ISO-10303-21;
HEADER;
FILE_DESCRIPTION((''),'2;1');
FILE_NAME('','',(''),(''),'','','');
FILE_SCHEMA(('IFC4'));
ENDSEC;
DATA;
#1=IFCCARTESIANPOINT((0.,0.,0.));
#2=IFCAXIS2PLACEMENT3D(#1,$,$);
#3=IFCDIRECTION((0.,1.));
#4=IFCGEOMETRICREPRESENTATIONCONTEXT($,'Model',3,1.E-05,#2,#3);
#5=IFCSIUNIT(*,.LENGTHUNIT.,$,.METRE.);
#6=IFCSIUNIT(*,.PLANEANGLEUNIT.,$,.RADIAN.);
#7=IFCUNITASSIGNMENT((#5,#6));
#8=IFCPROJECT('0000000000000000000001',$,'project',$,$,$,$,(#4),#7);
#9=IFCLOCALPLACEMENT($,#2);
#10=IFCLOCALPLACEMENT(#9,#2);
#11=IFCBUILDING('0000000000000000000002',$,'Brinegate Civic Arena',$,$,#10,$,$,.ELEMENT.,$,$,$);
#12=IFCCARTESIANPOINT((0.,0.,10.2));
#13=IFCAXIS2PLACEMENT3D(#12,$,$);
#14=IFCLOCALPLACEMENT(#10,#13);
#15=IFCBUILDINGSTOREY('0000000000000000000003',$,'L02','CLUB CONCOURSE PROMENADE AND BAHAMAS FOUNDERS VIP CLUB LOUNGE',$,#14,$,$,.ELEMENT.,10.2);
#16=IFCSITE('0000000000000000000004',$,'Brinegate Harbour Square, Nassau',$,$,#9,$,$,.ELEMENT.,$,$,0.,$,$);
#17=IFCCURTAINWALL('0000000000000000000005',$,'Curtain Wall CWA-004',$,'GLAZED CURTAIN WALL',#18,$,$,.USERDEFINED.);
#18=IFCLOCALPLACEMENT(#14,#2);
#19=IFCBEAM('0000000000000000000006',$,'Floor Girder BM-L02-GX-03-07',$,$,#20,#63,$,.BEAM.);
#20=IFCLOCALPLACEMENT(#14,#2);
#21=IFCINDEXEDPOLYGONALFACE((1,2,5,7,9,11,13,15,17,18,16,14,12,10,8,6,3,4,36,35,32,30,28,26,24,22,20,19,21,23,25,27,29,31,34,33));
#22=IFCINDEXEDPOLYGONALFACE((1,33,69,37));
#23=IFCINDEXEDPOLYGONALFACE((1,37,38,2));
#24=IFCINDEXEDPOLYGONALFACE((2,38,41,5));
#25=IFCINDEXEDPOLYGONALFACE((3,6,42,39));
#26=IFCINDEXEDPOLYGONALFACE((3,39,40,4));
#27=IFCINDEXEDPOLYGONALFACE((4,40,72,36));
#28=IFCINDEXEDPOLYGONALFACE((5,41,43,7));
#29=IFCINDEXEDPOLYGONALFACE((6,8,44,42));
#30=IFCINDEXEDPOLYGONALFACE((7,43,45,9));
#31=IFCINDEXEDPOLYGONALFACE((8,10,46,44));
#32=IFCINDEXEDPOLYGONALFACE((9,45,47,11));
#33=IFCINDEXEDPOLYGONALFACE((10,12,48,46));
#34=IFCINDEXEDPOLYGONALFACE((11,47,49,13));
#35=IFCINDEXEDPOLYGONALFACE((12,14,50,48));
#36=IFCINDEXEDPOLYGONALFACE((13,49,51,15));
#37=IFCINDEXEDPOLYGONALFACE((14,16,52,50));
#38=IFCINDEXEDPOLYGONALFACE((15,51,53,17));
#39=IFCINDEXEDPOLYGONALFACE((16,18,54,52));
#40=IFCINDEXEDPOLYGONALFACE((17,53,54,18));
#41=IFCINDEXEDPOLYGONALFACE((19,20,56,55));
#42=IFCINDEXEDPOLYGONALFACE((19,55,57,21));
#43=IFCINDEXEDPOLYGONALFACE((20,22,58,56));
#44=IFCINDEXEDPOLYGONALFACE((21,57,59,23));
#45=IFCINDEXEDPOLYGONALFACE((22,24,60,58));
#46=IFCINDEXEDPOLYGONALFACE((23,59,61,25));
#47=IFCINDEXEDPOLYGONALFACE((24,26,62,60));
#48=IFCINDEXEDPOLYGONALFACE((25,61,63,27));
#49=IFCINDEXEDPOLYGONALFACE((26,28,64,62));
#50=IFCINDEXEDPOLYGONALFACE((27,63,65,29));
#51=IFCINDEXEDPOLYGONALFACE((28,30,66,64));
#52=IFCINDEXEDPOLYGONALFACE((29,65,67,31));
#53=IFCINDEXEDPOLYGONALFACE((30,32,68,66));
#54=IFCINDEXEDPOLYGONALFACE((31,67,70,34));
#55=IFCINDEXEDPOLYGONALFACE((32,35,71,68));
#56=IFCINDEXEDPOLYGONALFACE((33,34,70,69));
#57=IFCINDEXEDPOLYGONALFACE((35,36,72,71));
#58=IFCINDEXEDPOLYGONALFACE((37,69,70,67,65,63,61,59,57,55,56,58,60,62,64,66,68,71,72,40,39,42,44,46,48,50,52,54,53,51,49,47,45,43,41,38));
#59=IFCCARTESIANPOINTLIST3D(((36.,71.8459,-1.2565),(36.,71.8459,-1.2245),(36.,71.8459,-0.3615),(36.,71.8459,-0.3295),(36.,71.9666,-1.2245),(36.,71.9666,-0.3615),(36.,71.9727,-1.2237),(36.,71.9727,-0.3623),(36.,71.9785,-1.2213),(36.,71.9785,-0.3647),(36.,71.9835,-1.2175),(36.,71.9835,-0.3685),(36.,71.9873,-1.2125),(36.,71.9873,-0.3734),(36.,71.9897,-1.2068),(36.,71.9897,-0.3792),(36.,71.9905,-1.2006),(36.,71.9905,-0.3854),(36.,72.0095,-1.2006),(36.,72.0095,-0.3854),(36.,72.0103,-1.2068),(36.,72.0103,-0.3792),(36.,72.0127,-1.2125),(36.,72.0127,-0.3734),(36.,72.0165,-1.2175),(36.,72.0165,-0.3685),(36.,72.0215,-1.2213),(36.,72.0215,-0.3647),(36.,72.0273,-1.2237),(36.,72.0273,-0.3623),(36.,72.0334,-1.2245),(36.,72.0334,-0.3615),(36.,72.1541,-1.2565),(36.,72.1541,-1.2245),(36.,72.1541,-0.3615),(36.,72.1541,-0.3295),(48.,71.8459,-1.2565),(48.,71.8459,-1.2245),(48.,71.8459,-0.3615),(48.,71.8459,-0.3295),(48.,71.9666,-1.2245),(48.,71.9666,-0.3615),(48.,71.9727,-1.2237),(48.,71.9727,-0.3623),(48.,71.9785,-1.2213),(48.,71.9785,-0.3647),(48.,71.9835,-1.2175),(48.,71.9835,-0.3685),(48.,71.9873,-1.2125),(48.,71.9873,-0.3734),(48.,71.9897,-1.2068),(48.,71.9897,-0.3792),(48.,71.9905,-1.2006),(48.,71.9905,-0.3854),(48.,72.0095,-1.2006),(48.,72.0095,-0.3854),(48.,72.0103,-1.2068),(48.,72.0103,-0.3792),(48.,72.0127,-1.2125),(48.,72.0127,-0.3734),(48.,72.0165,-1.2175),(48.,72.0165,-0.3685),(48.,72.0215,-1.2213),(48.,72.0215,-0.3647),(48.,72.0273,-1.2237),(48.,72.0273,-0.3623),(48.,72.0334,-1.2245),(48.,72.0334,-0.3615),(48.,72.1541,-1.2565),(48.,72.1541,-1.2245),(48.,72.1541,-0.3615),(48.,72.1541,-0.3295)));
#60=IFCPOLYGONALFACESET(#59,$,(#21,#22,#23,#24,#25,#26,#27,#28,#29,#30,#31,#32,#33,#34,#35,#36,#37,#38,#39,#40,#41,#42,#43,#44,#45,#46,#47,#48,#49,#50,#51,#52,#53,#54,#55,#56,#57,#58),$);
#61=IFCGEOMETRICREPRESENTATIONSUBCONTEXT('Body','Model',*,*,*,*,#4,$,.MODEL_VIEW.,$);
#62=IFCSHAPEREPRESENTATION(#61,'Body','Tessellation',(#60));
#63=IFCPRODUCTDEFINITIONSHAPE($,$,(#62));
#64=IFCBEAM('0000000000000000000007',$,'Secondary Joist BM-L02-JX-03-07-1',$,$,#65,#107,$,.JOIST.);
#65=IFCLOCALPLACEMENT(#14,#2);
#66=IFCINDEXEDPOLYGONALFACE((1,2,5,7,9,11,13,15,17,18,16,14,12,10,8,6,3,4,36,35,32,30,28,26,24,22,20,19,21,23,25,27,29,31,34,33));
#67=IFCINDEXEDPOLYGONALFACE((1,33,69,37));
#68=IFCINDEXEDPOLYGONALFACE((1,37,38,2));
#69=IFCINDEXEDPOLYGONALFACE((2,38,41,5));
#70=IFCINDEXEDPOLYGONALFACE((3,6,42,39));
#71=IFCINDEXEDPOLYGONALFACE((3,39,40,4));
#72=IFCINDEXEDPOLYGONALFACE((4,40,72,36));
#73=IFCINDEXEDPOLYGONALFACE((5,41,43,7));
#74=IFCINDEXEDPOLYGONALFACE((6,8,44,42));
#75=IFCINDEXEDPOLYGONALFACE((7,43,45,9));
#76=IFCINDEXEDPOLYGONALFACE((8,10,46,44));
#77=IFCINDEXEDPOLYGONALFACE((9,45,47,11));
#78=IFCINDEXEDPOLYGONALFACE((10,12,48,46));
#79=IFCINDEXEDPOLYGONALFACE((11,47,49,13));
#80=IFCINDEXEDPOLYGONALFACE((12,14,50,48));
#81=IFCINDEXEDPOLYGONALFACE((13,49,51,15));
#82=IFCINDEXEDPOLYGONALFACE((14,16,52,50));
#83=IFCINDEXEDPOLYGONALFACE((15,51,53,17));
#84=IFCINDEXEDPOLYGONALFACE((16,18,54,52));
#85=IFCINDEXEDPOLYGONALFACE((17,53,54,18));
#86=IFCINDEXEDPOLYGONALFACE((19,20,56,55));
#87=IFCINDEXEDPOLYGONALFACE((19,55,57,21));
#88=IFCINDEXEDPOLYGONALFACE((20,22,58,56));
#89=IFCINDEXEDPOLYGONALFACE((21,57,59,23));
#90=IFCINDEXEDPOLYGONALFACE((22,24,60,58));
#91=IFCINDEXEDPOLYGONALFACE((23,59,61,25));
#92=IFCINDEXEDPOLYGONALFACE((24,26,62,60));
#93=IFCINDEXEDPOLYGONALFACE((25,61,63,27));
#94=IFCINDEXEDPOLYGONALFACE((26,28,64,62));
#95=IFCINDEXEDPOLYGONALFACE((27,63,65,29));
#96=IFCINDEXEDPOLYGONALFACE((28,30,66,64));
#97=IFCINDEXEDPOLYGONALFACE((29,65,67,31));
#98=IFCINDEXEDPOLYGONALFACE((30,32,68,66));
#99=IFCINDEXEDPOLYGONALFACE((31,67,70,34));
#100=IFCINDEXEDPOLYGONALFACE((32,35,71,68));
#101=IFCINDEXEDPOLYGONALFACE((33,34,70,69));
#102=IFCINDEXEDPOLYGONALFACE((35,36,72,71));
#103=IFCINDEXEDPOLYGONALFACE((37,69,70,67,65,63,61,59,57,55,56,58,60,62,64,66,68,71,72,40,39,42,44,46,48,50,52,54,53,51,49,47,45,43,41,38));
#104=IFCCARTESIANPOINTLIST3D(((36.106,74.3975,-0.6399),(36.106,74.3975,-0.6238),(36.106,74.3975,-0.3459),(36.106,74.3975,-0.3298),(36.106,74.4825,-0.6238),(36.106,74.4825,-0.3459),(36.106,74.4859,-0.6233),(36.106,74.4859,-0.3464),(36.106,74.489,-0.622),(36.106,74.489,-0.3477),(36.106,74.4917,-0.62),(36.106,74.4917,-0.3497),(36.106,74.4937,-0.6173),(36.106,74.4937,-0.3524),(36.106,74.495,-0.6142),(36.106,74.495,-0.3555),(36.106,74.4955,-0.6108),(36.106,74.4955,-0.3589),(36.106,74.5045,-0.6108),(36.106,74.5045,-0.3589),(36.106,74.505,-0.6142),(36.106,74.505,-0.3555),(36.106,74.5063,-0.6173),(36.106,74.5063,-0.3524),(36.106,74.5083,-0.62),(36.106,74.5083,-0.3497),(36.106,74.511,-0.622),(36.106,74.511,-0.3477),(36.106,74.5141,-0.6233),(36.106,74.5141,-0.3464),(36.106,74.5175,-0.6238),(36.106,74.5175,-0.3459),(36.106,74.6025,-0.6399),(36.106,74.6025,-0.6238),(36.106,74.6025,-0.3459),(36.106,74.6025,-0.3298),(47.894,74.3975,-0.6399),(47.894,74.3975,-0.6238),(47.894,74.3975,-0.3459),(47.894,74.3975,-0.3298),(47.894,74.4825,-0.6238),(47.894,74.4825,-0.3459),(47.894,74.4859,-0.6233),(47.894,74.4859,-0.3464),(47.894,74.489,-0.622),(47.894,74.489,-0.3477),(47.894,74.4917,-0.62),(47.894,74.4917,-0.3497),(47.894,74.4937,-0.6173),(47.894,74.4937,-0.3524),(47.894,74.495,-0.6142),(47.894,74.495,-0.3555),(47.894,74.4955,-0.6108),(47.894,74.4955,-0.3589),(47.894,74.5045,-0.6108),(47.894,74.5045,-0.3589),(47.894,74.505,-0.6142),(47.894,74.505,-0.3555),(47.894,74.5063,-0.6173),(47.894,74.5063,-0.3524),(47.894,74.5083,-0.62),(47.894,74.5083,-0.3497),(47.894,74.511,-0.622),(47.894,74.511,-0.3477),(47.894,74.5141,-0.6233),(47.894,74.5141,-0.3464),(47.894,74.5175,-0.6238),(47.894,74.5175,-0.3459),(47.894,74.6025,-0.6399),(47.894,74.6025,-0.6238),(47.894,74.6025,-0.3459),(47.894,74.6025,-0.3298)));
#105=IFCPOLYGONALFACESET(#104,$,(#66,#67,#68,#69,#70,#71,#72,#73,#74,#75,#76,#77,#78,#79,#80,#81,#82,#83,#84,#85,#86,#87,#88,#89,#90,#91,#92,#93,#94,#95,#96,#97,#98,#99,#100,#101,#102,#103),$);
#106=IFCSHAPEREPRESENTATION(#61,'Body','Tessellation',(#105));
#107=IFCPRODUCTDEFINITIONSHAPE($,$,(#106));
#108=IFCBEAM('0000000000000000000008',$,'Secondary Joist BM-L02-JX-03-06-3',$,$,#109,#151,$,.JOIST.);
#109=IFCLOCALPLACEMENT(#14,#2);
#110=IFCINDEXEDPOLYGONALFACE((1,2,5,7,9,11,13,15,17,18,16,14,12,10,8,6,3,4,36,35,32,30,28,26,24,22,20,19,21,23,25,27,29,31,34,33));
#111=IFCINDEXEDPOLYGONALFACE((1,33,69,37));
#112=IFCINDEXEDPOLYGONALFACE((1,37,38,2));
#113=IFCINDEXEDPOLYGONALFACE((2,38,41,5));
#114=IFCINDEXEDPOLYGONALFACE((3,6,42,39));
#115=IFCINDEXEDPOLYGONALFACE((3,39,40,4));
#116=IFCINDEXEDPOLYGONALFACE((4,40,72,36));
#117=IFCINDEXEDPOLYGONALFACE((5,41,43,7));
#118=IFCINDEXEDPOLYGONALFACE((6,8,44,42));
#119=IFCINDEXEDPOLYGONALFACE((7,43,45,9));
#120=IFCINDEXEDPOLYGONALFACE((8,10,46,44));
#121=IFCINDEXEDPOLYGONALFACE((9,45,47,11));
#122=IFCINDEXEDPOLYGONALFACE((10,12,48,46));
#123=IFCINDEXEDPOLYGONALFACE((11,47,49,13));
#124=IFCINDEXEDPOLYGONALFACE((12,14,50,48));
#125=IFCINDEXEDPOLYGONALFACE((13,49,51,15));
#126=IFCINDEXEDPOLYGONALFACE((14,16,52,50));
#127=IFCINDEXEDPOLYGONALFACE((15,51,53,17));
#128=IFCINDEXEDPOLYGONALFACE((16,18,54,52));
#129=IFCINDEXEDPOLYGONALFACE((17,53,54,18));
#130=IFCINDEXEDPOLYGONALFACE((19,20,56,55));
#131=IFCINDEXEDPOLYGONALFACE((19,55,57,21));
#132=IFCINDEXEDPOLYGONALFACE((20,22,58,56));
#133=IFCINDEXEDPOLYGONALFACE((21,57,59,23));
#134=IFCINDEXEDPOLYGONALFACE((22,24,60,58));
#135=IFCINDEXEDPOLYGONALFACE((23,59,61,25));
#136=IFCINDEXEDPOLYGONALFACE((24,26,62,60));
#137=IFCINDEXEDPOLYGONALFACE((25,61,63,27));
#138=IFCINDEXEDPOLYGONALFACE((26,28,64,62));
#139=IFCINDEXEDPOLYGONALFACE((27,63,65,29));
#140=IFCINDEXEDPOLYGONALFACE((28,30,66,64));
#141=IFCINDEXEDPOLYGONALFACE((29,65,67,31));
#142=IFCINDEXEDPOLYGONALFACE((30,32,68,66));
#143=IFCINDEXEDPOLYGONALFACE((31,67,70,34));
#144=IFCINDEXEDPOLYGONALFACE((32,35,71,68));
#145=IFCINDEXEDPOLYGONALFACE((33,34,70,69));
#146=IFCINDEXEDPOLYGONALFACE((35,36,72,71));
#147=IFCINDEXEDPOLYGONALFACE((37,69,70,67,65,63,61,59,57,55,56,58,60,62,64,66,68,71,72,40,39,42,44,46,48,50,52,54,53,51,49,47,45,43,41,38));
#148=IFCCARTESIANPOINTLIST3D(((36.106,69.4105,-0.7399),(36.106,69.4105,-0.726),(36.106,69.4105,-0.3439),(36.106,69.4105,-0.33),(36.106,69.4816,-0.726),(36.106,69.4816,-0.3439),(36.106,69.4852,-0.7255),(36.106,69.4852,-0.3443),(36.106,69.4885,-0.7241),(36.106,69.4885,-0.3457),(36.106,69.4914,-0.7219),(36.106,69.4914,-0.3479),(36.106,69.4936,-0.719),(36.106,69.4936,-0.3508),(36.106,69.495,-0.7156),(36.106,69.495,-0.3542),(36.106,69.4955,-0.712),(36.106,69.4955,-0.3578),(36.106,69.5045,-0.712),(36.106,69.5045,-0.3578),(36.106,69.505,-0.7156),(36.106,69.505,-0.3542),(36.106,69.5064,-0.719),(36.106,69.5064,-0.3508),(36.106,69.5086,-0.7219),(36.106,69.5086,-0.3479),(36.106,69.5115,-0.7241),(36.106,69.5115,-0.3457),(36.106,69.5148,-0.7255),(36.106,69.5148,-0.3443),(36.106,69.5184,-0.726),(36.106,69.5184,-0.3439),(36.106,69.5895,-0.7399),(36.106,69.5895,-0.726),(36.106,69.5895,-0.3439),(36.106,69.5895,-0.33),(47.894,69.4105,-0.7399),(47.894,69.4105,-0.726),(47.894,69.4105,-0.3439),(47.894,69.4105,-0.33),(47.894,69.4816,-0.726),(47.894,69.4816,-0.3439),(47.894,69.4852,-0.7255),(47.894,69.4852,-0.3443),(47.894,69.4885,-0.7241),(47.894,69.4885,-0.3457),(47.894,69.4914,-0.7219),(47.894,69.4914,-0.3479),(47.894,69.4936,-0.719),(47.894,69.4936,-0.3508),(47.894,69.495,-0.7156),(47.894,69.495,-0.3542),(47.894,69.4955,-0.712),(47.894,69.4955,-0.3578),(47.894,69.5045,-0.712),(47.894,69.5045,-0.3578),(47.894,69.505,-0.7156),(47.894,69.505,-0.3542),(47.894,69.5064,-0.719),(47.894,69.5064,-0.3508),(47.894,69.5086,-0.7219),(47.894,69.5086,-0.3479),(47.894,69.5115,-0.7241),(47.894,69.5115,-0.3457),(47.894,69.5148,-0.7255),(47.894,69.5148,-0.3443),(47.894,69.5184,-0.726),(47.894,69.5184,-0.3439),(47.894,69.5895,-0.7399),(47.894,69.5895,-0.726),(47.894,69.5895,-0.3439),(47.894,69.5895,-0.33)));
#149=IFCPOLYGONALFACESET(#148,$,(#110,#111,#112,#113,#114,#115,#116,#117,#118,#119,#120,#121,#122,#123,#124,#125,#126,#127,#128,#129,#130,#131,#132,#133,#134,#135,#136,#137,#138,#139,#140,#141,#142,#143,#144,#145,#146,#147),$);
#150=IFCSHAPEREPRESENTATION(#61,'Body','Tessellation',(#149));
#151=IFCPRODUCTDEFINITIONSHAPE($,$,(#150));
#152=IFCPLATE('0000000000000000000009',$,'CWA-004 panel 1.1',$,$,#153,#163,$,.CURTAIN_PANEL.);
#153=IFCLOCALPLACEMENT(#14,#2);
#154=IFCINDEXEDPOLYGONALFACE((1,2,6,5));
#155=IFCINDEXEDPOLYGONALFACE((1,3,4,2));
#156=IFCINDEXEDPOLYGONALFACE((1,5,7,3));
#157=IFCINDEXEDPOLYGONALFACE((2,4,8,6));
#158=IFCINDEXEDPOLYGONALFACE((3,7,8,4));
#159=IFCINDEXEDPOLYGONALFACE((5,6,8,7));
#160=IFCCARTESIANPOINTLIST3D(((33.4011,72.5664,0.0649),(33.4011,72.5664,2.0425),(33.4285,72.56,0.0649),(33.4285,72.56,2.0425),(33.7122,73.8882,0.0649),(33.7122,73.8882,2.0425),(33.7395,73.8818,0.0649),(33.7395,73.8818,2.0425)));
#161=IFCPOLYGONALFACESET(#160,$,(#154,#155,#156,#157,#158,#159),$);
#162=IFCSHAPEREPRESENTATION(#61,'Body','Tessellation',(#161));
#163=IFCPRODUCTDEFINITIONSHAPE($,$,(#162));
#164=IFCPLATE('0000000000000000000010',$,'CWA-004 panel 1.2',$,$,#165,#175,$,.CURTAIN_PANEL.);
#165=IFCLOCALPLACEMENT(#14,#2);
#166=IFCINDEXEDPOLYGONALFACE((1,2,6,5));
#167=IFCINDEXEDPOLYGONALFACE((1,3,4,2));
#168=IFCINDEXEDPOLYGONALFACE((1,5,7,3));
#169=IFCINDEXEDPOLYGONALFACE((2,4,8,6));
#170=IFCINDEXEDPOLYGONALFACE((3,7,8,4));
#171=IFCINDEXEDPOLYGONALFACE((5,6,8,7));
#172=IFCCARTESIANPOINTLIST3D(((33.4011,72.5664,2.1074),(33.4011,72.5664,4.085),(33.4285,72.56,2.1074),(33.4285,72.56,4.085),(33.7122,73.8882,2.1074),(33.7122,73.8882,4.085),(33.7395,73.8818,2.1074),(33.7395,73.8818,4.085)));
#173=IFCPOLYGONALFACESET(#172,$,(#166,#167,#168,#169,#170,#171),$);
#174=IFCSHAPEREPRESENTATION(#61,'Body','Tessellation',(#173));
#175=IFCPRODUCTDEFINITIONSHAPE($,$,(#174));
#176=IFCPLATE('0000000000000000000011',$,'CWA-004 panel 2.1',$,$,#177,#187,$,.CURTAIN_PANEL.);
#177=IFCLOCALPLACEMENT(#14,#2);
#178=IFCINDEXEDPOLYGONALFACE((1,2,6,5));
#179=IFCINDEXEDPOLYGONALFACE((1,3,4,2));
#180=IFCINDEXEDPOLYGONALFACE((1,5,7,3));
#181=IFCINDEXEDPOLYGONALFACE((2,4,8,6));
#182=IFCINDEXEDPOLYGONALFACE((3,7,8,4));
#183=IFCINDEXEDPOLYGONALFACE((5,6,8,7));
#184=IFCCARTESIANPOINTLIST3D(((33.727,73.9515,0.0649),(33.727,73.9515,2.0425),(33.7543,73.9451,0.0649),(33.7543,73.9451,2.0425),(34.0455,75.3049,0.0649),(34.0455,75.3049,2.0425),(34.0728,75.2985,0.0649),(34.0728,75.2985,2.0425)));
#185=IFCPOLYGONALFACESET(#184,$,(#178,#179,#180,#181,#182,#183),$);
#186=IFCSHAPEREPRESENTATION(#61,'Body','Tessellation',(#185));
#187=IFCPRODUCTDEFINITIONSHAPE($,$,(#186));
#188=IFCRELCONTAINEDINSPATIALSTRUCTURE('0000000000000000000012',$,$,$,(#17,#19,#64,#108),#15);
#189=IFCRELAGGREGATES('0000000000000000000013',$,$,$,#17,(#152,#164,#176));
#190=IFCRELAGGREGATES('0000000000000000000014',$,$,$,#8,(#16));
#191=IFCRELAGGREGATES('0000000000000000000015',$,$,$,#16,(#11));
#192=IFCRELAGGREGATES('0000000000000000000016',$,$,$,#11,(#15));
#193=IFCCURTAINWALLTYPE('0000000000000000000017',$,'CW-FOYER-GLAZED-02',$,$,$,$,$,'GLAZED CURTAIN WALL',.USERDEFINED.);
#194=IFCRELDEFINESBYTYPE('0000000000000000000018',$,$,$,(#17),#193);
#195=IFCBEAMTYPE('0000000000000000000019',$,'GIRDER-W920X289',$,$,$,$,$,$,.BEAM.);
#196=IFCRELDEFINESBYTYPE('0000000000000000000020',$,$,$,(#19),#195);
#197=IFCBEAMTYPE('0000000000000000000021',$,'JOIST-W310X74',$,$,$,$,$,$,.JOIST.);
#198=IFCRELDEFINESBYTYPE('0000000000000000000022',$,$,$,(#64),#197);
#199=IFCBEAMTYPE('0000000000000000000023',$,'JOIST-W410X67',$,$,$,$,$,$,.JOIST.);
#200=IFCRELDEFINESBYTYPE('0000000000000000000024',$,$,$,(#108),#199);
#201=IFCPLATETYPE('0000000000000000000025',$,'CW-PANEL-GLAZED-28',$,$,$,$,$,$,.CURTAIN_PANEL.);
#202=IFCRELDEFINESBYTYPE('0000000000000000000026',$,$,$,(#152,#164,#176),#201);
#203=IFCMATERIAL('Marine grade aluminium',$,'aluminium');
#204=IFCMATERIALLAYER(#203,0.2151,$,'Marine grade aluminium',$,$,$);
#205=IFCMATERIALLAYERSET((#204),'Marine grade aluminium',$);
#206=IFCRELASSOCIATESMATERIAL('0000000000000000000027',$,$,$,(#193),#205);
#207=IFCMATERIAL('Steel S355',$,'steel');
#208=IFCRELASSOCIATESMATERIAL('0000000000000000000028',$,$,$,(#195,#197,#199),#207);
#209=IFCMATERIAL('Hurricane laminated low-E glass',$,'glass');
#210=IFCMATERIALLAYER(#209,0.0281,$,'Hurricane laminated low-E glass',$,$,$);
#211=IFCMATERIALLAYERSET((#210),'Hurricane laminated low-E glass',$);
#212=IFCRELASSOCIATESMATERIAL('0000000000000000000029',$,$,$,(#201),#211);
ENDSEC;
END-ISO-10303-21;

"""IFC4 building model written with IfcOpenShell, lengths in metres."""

from ifc_helpers import new_model, si_unit, direction, frame, origin, origin_2d, place, context, subcontext, project, spatial, rectangle, i_section, extrude, material, layer, layer_set, material_profile, profile_set, type_object, element, aggregate, save


model = new_model("IFC4")

# Units and contexts
model_context = context("Model", 3, precision=1e-05, world=origin(), true_north=direction((0.0, 1.0)))
body_context = subcontext(model_context, "Body", "Model", "MODEL_VIEW")
ifc_project = project(units=[si_unit("LENGTHUNIT", "METRE"), si_unit("PLANEANGLEUNIT", "RADIAN")], contexts=[model_context])

# Site, building, storey
site_placement = place(None, origin())
site = spatial("IfcSite", under=ifc_project, at=site_placement, Name="Brinegate Harbour Square, Nassau", CompositionType="ELEMENT", RefElevation=0.0)
building_placement = place(site_placement, origin())
building = spatial("IfcBuilding", under=site, at=building_placement, Name="Brinegate Civic Arena", CompositionType="ELEMENT")
storey_placement = place(building_placement, frame((0.0, 0.0, 10.2)))
storey = spatial("IfcBuildingStorey", under=building, at=storey_placement, Name="L02", Description="CLUB CONCOURSE PROMENADE AND BAHAMAS FOUNDERS VIP CLUB LOUNGE", CompositionType="ELEMENT", Elevation=10.2)

# Curtain wall
ifc_material_1 = material(Name="Marine grade aluminium", Category="aluminium")
ifc_layer_1 = layer(ifc_material_1, 0.2151, Name="Marine grade aluminium")
ifc_layer_set_1 = layer_set([ifc_layer_1], Name="Marine grade aluminium")
curtain_wall_type_1 = type_object("IfcCurtainWallType", Name="CW-FOYER-GLAZED-02", ElementType="GLAZED CURTAIN WALL", PredefinedType="USERDEFINED", material=ifc_layer_set_1)
curtain_wall_1_placement = place(storey_placement, origin())
curtain_wall_1 = element("IfcCurtainWall", 1, at=curtain_wall_1_placement, inside=storey, type_object=curtain_wall_type_1, Name="Curtain Wall CWA-004", ObjectType="GLAZED CURTAIN WALL", PredefinedType="USERDEFINED")

# Beams
ifc_material_2 = material(Name="Steel S355", Category="steel")
ifc_material_profile_1 = material_profile(ifc_material_2, i_section(OverallWidth=0.3081, OverallDepth=0.927, WebThickness=0.019, FlangeThickness=0.032, FilletRadius=0.0239, at=origin_2d()), Name="W920X289")
ifc_profile_set_1 = profile_set([ifc_material_profile_1], Name="Steel S355")
beam_type_1 = type_object("IfcBeamType", Name="GIRDER-W920X289", PredefinedType="BEAM", material=ifc_profile_set_1)
beam_1_placement = place(storey_placement, frame((36.0, 72.0, -0.793), z_axis=(1.0, 0.0, 0.0), x_axis=(0.0, 1.0, 0.0)))
element("IfcBeam", 2, at=beam_1_placement, inside=storey, type_object=beam_type_1, Name="Floor Girder BM-L02-GX-03-07", PredefinedType="BEAM", context=body_context, shape_type="SweptSolid", body=[
    extrude(i_section(OverallWidth=0.3081, OverallDepth=0.927, WebThickness=0.019, FlangeThickness=0.032, FilletRadius=0.0239, at=origin_2d()), origin(), (0.0, 0.0, 1.0), 12.0),
])
ifc_material_profile_2 = material_profile(ifc_material_2, i_section(OverallWidth=0.2051, OverallDepth=0.3101, WebThickness=0.009, FlangeThickness=0.0161, FilletRadius=0.0129, at=origin_2d()), Name="W310X74")
ifc_profile_set_2 = profile_set([ifc_material_profile_2], Name="Steel S355")
beam_type_2 = type_object("IfcBeamType", Name="JOIST-W310X74", PredefinedType="JOIST", material=ifc_profile_set_2)
beam_2_placement = place(storey_placement, frame((36.106, 74.5, -0.4849), z_axis=(1.0, 0.0, 0.0), x_axis=(0.0, 1.0, 0.0)))
element("IfcBeam", 3, at=beam_2_placement, inside=storey, type_object=beam_type_2, Name="Secondary Joist BM-L02-JX-03-07-1", PredefinedType="JOIST", context=body_context, shape_type="SweptSolid", body=[
    extrude(i_section(OverallWidth=0.2051, OverallDepth=0.3101, WebThickness=0.009, FlangeThickness=0.0161, FilletRadius=0.0129, at=origin_2d()), origin(), (0.0, 0.0, 1.0), 11.7881),
])
ifc_material_profile_3 = material_profile(ifc_material_2, i_section(OverallWidth=0.179, OverallDepth=0.4099, WebThickness=0.009, FlangeThickness=0.0139, FilletRadius=0.0139, at=origin_2d()), Name="W410X67")
ifc_profile_set_3 = profile_set([ifc_material_profile_3], Name="Steel S355")
beam_type_3 = type_object("IfcBeamType", Name="JOIST-W410X67", PredefinedType="JOIST", material=ifc_profile_set_3)
beam_3_placement = place(storey_placement, frame((36.106, 69.5, -0.5349), z_axis=(1.0, 0.0, 0.0), x_axis=(0.0, 1.0, 0.0)))
element("IfcBeam", 4, at=beam_3_placement, inside=storey, type_object=beam_type_3, Name="Secondary Joist BM-L02-JX-03-06-3", PredefinedType="JOIST", context=body_context, shape_type="SweptSolid", body=[
    extrude(i_section(OverallWidth=0.179, OverallDepth=0.4099, WebThickness=0.009, FlangeThickness=0.0139, FilletRadius=0.0139, at=origin_2d()), origin(), (0.0, 0.0, 1.0), 11.7881),
])

# Plates
ifc_material_3 = material(Name="Hurricane laminated low-E glass", Category="glass")
ifc_layer_2 = layer(ifc_material_3, 0.0281, Name="Hurricane laminated low-E glass")
ifc_layer_set_2 = layer_set([ifc_layer_2], Name="Hurricane laminated low-E glass")
plate_type_1 = type_object("IfcPlateType", Name="CW-PANEL-GLAZED-28", PredefinedType="CURTAIN_PANEL", material=ifc_layer_set_2)
plate_1_placement = place(storey_placement, frame((33.5703, 73.2241, 0.0649), z_axis=(0.0, 0.0, 1.0), x_axis=(0.229039, 0.973417, 0.0)))
plate_1 = element("IfcPlate", 5, at=plate_1_placement, type_object=plate_type_1, Name="CWA-004 panel 1.1", PredefinedType="CURTAIN_PANEL", context=body_context, shape_type="SweptSolid", body=[
    extrude(rectangle(XDim=1.3579, YDim=0.0281, at=origin_2d()), origin(), (0.0, 0.0, 1.0), 1.9775),
])
plate_2_placement = place(storey_placement, frame((33.5703, 73.2241, 2.1074), z_axis=(0.0, 0.0, 1.0), x_axis=(0.229039, 0.973417, 0.0)))
plate_2 = element("IfcPlate", 6, at=plate_2_placement, type_object=plate_type_1, Name="CWA-004 panel 1.2", PredefinedType="CURTAIN_PANEL", context=body_context, shape_type="SweptSolid", body=[
    extrude(rectangle(XDim=1.3579, YDim=0.0281, at=origin_2d()), origin(), (0.0, 0.0, 1.0), 1.9775),
])
plate_3_placement = place(storey_placement, frame((33.8999, 74.625, 0.0649), z_axis=(0.0, 0.0, 1.0), x_axis=(0.229039, 0.973417, 0.0)))
plate_3 = element("IfcPlate", 7, at=plate_3_placement, type_object=plate_type_1, Name="CWA-004 panel 2.1", PredefinedType="CURTAIN_PANEL", context=body_context, shape_type="SweptSolid", body=[
    extrude(rectangle(XDim=1.3904, YDim=0.0281, at=origin_2d()), origin(), (0.0, 0.0, 1.0), 1.9775),
])
aggregate(curtain_wall_1, [plate_1, plate_2, plate_3])

save(model, "model.ifc")
